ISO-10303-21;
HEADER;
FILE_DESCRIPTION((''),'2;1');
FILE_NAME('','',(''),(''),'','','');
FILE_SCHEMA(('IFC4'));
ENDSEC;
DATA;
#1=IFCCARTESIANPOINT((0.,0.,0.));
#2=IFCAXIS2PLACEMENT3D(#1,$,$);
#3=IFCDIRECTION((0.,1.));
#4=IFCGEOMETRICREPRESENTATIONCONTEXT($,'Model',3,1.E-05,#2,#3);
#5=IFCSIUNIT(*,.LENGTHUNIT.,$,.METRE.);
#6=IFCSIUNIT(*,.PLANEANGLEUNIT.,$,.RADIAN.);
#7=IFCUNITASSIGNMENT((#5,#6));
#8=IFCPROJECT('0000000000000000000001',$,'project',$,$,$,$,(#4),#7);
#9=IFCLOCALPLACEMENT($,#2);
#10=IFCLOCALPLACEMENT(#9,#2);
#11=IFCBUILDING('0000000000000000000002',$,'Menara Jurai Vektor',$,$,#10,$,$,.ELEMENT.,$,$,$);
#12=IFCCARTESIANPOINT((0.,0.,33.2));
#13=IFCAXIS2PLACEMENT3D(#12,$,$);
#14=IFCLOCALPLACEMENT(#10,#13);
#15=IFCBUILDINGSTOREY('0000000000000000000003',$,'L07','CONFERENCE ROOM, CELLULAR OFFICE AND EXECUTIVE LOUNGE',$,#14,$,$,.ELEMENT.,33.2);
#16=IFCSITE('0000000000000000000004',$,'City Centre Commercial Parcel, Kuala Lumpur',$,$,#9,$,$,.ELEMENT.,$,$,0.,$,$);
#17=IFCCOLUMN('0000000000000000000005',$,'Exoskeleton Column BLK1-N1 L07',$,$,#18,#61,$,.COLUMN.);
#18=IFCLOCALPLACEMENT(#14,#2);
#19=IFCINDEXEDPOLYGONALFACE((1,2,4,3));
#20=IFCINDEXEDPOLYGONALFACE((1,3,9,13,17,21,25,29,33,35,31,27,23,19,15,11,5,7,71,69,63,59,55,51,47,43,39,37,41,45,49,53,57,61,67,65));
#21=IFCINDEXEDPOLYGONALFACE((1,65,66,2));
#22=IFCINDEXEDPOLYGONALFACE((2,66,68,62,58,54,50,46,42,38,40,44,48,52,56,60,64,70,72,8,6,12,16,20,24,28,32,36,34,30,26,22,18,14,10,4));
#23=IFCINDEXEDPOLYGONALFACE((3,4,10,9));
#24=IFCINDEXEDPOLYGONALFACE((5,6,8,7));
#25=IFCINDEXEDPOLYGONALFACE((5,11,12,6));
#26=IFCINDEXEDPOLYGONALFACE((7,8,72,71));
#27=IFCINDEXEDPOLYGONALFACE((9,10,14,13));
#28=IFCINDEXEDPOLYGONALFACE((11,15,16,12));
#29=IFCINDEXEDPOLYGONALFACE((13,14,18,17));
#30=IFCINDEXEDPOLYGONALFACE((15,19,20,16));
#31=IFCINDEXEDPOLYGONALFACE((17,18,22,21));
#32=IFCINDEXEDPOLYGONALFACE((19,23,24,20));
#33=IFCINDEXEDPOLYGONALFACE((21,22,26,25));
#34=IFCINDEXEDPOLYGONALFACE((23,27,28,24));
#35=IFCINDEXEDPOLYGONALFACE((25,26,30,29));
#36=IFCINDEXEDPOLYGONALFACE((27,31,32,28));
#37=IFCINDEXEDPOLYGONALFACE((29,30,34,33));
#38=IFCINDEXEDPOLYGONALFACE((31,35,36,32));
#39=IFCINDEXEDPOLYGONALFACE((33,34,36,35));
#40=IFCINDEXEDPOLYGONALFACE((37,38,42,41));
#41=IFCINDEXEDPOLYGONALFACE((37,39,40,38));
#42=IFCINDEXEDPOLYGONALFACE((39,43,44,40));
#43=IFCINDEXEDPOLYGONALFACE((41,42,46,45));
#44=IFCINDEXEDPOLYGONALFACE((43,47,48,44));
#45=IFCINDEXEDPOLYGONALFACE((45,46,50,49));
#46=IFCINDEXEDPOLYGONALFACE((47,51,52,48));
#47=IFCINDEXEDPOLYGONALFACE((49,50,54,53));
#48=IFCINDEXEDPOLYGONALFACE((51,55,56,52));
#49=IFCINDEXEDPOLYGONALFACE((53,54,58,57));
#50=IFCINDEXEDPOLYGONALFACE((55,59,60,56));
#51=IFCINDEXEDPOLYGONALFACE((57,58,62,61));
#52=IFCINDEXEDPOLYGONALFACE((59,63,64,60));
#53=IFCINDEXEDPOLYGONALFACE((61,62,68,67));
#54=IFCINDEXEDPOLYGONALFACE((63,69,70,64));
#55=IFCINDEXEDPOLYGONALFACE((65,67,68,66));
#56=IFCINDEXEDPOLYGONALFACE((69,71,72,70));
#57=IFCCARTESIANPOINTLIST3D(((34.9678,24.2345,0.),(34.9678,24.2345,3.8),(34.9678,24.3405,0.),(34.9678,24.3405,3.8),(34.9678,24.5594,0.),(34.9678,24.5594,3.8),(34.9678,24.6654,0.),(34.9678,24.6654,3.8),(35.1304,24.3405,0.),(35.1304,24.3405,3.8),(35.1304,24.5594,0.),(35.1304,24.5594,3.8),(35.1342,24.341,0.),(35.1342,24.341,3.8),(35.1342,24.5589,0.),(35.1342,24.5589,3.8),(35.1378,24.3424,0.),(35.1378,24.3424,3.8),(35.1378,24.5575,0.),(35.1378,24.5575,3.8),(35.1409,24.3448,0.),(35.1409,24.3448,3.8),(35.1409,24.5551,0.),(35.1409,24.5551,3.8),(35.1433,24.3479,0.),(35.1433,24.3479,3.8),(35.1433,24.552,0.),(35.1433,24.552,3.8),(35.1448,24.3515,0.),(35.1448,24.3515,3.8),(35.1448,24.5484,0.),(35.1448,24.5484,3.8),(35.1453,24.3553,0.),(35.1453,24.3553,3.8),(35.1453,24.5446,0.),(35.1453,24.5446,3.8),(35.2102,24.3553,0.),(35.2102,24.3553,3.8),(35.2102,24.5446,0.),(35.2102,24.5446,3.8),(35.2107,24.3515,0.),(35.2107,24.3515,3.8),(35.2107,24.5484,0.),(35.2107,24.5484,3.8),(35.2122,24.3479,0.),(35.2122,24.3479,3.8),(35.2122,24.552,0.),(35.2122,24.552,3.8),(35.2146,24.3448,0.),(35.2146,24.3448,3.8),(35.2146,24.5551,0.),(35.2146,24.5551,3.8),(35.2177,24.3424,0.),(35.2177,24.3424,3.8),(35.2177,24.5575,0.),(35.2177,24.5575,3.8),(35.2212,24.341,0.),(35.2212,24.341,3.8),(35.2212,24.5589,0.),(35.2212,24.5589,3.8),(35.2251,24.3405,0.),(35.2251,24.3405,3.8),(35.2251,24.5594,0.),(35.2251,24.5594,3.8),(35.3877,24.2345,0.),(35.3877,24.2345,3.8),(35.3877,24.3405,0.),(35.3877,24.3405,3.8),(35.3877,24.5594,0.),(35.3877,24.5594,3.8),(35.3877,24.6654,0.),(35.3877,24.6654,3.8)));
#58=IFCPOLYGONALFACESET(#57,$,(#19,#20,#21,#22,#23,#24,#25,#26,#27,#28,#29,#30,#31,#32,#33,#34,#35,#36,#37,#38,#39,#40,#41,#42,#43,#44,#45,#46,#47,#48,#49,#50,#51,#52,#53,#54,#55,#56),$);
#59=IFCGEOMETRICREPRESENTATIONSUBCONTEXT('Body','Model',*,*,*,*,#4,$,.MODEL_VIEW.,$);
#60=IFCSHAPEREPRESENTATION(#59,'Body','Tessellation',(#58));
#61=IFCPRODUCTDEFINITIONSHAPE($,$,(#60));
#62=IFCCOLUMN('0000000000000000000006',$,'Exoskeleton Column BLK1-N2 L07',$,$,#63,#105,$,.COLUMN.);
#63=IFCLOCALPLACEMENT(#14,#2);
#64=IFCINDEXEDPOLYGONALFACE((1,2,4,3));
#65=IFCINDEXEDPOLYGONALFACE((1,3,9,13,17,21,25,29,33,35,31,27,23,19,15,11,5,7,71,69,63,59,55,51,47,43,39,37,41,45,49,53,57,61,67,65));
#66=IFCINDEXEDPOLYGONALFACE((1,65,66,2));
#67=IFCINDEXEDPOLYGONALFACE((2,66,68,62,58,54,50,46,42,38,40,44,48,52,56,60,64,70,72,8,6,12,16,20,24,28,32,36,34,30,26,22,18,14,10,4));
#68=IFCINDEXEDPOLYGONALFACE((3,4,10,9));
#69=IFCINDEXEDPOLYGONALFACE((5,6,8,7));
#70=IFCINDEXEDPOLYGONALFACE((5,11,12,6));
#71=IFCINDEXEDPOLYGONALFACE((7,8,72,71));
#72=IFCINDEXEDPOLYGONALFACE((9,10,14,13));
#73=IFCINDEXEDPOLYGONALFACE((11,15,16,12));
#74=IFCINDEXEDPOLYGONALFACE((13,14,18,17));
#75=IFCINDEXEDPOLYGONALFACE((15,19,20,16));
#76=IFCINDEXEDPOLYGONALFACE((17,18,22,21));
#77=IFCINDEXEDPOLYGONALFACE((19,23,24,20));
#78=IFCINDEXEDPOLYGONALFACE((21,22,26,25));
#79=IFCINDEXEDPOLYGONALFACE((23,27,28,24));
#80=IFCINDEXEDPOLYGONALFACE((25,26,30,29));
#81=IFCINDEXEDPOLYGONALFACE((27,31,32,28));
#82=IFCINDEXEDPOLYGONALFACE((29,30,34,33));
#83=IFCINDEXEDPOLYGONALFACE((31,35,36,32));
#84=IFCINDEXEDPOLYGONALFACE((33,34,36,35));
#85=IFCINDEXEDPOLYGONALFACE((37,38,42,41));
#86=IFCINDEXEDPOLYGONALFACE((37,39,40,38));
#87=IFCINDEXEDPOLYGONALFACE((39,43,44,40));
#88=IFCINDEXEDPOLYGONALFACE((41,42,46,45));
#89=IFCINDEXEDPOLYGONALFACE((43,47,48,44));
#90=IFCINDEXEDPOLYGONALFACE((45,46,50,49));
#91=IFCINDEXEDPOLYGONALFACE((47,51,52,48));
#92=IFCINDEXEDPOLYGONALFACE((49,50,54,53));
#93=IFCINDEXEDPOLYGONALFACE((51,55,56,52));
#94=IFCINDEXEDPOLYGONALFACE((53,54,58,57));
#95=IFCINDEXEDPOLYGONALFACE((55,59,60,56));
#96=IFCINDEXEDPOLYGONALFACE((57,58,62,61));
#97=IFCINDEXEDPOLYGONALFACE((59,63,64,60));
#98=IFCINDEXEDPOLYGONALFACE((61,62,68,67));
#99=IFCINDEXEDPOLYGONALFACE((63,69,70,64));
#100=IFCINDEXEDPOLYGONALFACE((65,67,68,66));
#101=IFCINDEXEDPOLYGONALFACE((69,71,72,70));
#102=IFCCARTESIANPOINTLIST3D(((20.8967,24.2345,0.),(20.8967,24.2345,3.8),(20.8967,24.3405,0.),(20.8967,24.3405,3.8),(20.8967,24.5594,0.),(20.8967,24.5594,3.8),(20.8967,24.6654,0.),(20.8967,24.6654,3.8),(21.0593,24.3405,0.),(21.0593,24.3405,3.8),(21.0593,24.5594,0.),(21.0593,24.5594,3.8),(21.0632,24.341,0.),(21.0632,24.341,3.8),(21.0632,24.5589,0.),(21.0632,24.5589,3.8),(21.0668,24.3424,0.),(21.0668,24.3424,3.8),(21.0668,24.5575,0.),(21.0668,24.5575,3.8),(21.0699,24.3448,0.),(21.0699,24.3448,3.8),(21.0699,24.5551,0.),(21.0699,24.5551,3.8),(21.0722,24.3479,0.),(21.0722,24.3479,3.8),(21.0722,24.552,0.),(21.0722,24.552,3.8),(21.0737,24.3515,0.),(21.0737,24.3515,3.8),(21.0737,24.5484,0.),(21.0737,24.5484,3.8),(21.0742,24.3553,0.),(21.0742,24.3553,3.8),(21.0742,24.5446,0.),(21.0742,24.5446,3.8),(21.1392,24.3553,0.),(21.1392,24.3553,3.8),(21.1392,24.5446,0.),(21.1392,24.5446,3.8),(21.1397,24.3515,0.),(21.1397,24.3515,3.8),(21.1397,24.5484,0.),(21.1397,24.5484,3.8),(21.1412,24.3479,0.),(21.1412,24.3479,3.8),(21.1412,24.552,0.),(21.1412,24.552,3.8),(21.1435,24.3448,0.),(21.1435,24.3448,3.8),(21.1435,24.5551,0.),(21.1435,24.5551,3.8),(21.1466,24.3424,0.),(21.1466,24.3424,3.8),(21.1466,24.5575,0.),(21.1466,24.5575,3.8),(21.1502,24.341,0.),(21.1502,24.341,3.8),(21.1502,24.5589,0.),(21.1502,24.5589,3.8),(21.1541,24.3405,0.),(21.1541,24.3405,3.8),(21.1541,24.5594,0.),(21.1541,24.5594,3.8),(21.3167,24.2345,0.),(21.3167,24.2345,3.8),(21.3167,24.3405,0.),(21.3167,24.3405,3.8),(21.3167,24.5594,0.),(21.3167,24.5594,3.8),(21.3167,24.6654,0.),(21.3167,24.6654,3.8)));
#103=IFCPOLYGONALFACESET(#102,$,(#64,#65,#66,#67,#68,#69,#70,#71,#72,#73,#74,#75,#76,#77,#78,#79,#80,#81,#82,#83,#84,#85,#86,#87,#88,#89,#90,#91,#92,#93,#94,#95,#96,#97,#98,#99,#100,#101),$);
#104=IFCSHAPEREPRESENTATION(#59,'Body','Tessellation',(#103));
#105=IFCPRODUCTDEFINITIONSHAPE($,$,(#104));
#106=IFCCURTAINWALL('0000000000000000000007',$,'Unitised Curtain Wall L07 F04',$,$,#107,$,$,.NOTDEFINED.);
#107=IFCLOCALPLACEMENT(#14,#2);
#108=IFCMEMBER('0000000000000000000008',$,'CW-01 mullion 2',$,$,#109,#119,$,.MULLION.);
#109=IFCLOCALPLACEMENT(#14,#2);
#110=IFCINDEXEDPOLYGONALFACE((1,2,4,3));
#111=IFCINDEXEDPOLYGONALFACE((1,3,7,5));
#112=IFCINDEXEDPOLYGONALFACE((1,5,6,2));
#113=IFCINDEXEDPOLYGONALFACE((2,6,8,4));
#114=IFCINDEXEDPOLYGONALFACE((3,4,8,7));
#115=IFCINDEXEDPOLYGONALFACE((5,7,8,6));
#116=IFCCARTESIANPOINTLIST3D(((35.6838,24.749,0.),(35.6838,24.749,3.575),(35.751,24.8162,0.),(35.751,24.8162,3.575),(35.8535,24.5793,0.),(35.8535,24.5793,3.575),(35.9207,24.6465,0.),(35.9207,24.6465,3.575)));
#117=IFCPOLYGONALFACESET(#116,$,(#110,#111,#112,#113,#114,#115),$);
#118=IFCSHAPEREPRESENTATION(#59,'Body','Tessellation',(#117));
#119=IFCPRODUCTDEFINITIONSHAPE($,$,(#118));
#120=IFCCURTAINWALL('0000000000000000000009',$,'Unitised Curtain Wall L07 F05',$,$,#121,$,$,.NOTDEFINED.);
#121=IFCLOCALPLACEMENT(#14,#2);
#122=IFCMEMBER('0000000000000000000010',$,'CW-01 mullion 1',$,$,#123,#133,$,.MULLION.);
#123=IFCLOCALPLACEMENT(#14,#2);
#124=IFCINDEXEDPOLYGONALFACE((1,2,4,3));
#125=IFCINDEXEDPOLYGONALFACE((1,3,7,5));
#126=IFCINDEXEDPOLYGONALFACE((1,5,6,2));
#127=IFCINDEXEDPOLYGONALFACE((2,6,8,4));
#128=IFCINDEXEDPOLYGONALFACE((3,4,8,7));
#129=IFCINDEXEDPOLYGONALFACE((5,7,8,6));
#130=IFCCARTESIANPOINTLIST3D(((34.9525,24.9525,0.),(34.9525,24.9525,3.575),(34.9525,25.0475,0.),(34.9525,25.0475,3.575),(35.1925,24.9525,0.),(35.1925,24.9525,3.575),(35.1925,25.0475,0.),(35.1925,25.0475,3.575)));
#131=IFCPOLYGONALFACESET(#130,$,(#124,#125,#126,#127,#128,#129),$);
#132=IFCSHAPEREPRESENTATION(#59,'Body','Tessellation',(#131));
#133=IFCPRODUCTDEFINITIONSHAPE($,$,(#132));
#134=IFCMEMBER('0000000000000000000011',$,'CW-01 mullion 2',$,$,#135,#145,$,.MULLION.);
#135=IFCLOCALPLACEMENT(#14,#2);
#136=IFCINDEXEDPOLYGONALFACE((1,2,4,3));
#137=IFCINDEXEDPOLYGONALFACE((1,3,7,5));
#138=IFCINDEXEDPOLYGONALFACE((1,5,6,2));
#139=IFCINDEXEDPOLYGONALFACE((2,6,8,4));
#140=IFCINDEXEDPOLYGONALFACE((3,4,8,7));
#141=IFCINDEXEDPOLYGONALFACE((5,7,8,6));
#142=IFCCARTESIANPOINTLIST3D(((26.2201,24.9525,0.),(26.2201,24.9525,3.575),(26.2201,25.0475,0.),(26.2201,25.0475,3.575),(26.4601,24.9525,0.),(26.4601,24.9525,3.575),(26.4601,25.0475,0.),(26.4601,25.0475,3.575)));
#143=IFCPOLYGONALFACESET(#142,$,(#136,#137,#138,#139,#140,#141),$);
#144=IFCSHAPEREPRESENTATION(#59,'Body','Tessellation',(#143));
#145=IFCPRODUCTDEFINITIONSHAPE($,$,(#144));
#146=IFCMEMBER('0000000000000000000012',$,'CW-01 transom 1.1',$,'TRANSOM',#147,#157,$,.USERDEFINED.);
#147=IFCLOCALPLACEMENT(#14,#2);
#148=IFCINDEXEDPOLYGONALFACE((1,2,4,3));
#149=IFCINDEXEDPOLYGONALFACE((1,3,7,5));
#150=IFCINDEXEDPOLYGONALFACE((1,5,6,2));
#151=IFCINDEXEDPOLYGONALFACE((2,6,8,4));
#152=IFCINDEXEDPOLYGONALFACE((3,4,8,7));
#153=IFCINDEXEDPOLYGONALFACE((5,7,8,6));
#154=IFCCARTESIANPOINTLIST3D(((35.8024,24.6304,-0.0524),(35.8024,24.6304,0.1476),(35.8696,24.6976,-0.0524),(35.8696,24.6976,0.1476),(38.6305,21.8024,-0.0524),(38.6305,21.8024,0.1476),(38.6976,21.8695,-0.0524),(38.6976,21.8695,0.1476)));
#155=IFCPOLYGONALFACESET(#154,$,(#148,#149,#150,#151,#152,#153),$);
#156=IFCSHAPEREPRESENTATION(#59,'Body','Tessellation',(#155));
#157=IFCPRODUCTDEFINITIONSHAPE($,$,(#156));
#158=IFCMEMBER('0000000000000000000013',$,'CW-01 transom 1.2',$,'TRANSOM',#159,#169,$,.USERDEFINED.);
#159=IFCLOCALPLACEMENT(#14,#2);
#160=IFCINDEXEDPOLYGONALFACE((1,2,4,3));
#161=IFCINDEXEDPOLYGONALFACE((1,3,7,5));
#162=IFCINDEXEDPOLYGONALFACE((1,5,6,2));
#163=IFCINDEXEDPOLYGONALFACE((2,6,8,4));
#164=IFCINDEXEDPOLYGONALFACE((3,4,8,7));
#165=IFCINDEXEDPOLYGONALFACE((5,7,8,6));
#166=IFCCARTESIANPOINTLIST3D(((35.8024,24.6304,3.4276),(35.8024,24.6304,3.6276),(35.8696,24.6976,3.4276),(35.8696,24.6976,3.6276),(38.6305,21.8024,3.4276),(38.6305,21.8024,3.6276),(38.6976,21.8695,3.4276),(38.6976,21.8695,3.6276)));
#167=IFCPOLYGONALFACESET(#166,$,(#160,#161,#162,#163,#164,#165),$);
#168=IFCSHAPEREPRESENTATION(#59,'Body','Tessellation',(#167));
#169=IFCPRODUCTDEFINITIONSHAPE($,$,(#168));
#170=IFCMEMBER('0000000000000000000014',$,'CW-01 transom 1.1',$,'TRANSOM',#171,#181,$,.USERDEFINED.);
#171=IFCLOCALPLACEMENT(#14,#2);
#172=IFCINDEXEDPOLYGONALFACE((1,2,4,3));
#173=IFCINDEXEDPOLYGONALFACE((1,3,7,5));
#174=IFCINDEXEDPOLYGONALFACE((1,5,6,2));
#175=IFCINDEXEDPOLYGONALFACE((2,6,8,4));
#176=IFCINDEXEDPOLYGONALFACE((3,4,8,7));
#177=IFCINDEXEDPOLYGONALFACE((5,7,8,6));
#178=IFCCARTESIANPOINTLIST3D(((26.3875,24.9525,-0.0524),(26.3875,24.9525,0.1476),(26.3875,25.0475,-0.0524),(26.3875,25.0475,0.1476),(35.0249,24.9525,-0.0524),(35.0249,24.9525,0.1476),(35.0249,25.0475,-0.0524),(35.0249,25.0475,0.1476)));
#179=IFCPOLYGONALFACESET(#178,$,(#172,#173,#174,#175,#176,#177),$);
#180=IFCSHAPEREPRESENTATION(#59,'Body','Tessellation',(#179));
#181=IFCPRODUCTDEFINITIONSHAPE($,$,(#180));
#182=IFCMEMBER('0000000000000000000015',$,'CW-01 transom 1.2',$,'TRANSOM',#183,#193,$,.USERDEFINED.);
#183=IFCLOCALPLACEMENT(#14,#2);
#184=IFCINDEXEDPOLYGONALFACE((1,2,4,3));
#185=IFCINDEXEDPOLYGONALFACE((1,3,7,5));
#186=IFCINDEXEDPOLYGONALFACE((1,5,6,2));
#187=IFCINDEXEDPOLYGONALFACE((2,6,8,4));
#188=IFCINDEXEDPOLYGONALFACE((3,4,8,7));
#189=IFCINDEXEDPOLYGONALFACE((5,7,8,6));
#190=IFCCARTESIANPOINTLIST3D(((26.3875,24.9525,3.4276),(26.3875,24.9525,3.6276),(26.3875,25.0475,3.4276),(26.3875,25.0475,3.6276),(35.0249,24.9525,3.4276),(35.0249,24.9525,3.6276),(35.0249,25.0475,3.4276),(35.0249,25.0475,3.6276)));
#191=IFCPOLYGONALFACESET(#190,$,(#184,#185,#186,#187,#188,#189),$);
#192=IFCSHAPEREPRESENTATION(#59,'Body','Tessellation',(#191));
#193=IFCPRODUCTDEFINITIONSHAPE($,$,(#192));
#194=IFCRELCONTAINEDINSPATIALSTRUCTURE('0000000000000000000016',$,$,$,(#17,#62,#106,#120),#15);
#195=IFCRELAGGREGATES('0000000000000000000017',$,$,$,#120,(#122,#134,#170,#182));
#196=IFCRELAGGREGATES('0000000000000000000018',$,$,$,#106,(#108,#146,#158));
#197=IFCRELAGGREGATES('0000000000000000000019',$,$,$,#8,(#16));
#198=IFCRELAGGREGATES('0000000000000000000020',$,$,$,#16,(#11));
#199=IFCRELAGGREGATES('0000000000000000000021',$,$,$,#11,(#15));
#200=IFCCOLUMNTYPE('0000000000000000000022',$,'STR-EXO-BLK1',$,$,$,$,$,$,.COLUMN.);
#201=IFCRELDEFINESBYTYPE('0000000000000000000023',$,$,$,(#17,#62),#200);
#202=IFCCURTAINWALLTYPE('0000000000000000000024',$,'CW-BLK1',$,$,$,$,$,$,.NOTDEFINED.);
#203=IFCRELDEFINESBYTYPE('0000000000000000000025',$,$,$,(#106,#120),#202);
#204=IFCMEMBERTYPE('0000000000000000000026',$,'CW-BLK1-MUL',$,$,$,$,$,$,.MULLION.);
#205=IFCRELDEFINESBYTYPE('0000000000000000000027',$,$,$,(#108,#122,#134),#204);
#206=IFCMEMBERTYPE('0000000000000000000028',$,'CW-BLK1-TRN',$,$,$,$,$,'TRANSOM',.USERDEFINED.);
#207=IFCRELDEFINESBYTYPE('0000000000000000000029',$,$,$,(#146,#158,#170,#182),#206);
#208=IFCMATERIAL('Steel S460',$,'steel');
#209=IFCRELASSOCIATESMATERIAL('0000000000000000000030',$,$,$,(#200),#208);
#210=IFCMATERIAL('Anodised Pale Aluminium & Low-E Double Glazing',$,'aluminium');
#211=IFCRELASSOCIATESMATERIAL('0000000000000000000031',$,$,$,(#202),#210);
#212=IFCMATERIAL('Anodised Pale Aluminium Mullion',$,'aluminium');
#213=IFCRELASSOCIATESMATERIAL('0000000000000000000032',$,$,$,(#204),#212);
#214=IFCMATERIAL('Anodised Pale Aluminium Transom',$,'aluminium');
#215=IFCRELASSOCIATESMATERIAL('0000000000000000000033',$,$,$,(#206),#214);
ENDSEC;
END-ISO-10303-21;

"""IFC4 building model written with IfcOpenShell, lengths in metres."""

from ifc_helpers import new_model, si_unit, direction, frame, origin, origin_2d, place, context, subcontext, project, spatial, rectangle, i_section, extrude, material, material_profile, profile_set, type_object, element, aggregate, save


model = new_model("IFC4")

# Units and contexts
model_context = context("Model", 3, precision=1e-05, world=origin(), true_north=direction((0.0, 1.0)))
body_context = subcontext(model_context, "Body", "Model", "MODEL_VIEW")
ifc_project = project(units=[si_unit("LENGTHUNIT", "METRE"), si_unit("PLANEANGLEUNIT", "RADIAN")], contexts=[model_context])

# Site, building, storey
site_placement = place(None, origin())
site = spatial("IfcSite", under=ifc_project, at=site_placement, Name="City Centre Commercial Parcel, Kuala Lumpur", CompositionType="ELEMENT", RefElevation=0.0)
building_placement = place(site_placement, origin())
building = spatial("IfcBuilding", under=site, at=building_placement, Name="Menara Jurai Vektor", CompositionType="ELEMENT")
storey_placement = place(building_placement, frame((0.0, 0.0, 33.2)))
storey = spatial("IfcBuildingStorey", under=building, at=storey_placement, Name="L07", Description="CONFERENCE ROOM, CELLULAR OFFICE AND EXECUTIVE LOUNGE", CompositionType="ELEMENT", Elevation=33.2)

# Columns
ifc_material_1 = material(Name="Steel S460", Category="steel")
ifc_material_profile_1 = material_profile(ifc_material_1, i_section(OverallWidth=0.4199, OverallDepth=0.4309, WebThickness=0.0649, FlangeThickness=0.106, FilletRadius=0.0149, at=origin_2d()), Name="HD 400x900")
ifc_profile_set_1 = profile_set([ifc_material_profile_1], Name="Steel S460")
column_type = type_object("IfcColumnType", Name="STR-EXO-BLK1", PredefinedType="COLUMN", material=ifc_profile_set_1)
for number, where, z_axis, x_axis, name in (
    (1, (35.1777, 24.45, 0.0), (0.0, 0.0, 1.0), (1.0, 0.0, 0.0), "Exoskeleton Column BLK1-N1 L07"),
    (2, (21.1067, 24.45, 0.0), (0.0, 0.0, 1.0), (1.0, 0.0, 0.0), "Exoskeleton Column BLK1-N2 L07"),
):
    element("IfcColumn", number, at=place(storey_placement, frame(where, z_axis=z_axis, x_axis=x_axis)), inside=storey, type_object=column_type, Name=name, PredefinedType="COLUMN", context=body_context, shape_type="SweptSolid", body=[
        extrude(i_section(OverallWidth=0.4199, OverallDepth=0.4309, WebThickness=0.0649, FlangeThickness=0.106, FilletRadius=0.0149, at=origin_2d()), origin(), (0.0, 0.0, 1.0), 3.8),
    ])

# Curtain wall, member
ifc_material_2 = material(Name="Anodised Pale Aluminium & Low-E Double Glazing", Category="aluminium")
curtain_wall_type = type_object("IfcCurtainWallType", Name="CW-BLK1", PredefinedType="NOTDEFINED", material=ifc_material_2)
curtain_wall_1_placement = place(storey_placement, origin())
curtain_wall_1 = element("IfcCurtainWall", 3, at=curtain_wall_1_placement, inside=storey, type_object=curtain_wall_type, Name="Unitised Curtain Wall L07 F04", PredefinedType="NOTDEFINED")
ifc_material_3 = material(Name="Anodised Pale Aluminium Mullion", Category="aluminium")
ifc_material_profile_2 = material_profile(ifc_material_3, rectangle(XDim=0.095, YDim=0.24, at=origin_2d()), Name="ALU MUL 95x240")
ifc_profile_set_2 = profile_set([ifc_material_profile_2], Name="Anodised Pale Aluminium Mullion")
member_type_1 = type_object("IfcMemberType", Name="CW-BLK1-MUL", PredefinedType="MULLION", material=ifc_profile_set_2)
member_1_placement = place(storey_placement, frame((35.8022, 24.6978, 0.0), z_axis=(0.0, 0.0, 1.0), x_axis=(-0.707107, -0.707107, 0.0)))
member_1 = element("IfcMember", 4, at=member_1_placement, type_object=member_type_1, Name="CW-01 mullion 2", PredefinedType="MULLION", context=body_context, shape_type="SweptSolid", body=[
    extrude(rectangle(XDim=0.095, YDim=0.24, at=origin_2d()), origin(), (0.0, 0.0, 1.0), 3.575),
])

# Curtain wall, members
curtain_wall_2_placement = place(storey_placement, origin())
curtain_wall_2 = element("IfcCurtainWall", 5, at=curtain_wall_2_placement, inside=storey, type_object=curtain_wall_type, Name="Unitised Curtain Wall L07 F05", PredefinedType="NOTDEFINED")
member_2_placement = place(storey_placement, frame((35.0725, 25.0, 0.0), z_axis=(0.0, 0.0, 1.0), x_axis=(0.0, -1.0, 0.0)))
member_2 = element("IfcMember", 6, at=member_2_placement, type_object=member_type_1, Name="CW-01 mullion 1", PredefinedType="MULLION", context=body_context, shape_type="SweptSolid", body=[
    extrude(rectangle(XDim=0.095, YDim=0.24, at=origin_2d()), origin(), (0.0, 0.0, 1.0), 3.575),
])
member_3_placement = place(storey_placement, frame((26.3401, 25.0, 0.0), z_axis=(0.0, 0.0, 1.0), x_axis=(0.0, -1.0, 0.0)))
member_3 = element("IfcMember", 7, at=member_3_placement, type_object=member_type_1, Name="CW-01 mullion 2", PredefinedType="MULLION", context=body_context, shape_type="SweptSolid", body=[
    extrude(rectangle(XDim=0.095, YDim=0.24, at=origin_2d()), origin(), (0.0, 0.0, 1.0), 3.575),
])

# Members
ifc_material_4 = material(Name="Anodised Pale Aluminium Transom", Category="aluminium")
ifc_material_profile_3 = material_profile(ifc_material_4, rectangle(XDim=0.095, YDim=0.2, at=origin_2d()), Name="ALU TRN 95x200")
ifc_profile_set_3 = profile_set([ifc_material_profile_3], Name="Anodised Pale Aluminium Transom")
member_type_2 = type_object("IfcMemberType", Name="CW-BLK1-TRN", ElementType="TRANSOM", PredefinedType="USERDEFINED", material=ifc_profile_set_3)
member_4_placement = place(storey_placement, frame((38.6641, 21.8359, 0.0476), z_axis=(-0.707107, 0.707107, 0.0), x_axis=(-0.707107, -0.707107, 0.0)))
member_4 = element("IfcMember", 8, at=member_4_placement, type_object=member_type_2, Name="CW-01 transom 1.1", ObjectType="TRANSOM", PredefinedType="USERDEFINED", context=body_context, shape_type="SweptSolid", body=[
    extrude(rectangle(XDim=0.095, YDim=0.2, at=origin_2d()), origin(), (0.0, 0.0, 1.0), 3.9995),
])
member_5_placement = place(storey_placement, frame((38.6641, 21.8359, 3.5276), z_axis=(-0.707107, 0.707107, 0.0), x_axis=(-0.707107, -0.707107, 0.0)))
member_5 = element("IfcMember", 9, at=member_5_placement, type_object=member_type_2, Name="CW-01 transom 1.2", ObjectType="TRANSOM", PredefinedType="USERDEFINED", context=body_context, shape_type="SweptSolid", body=[
    extrude(rectangle(XDim=0.095, YDim=0.2, at=origin_2d()), origin(), (0.0, 0.0, 1.0), 3.9995),
])
member_6_placement = place(storey_placement, frame((35.0249, 25.0, 0.0476), z_axis=(-1.0, 0.0, 0.0), x_axis=(0.0, -1.0, 0.0)))
member_6 = element("IfcMember", 10, at=member_6_placement, type_object=member_type_2, Name="CW-01 transom 1.1", ObjectType="TRANSOM", PredefinedType="USERDEFINED", context=body_context, shape_type="SweptSolid", body=[
    extrude(rectangle(XDim=0.095, YDim=0.2, at=origin_2d()), origin(), (0.0, 0.0, 1.0), 8.6375),
])
member_7_placement = place(storey_placement, frame((35.0249, 25.0, 3.5276), z_axis=(-1.0, 0.0, 0.0), x_axis=(0.0, -1.0, 0.0)))
member_7 = element("IfcMember", 11, at=member_7_placement, type_object=member_type_2, Name="CW-01 transom 1.2", ObjectType="TRANSOM", PredefinedType="USERDEFINED", context=body_context, shape_type="SweptSolid", body=[
    extrude(rectangle(XDim=0.095, YDim=0.2, at=origin_2d()), origin(), (0.0, 0.0, 1.0), 8.6375),
])

aggregate(curtain_wall_2, [member_2, member_3, member_6, member_7])
aggregate(curtain_wall_1, [member_1, member_4, member_5])

save(model, "model.ifc")
